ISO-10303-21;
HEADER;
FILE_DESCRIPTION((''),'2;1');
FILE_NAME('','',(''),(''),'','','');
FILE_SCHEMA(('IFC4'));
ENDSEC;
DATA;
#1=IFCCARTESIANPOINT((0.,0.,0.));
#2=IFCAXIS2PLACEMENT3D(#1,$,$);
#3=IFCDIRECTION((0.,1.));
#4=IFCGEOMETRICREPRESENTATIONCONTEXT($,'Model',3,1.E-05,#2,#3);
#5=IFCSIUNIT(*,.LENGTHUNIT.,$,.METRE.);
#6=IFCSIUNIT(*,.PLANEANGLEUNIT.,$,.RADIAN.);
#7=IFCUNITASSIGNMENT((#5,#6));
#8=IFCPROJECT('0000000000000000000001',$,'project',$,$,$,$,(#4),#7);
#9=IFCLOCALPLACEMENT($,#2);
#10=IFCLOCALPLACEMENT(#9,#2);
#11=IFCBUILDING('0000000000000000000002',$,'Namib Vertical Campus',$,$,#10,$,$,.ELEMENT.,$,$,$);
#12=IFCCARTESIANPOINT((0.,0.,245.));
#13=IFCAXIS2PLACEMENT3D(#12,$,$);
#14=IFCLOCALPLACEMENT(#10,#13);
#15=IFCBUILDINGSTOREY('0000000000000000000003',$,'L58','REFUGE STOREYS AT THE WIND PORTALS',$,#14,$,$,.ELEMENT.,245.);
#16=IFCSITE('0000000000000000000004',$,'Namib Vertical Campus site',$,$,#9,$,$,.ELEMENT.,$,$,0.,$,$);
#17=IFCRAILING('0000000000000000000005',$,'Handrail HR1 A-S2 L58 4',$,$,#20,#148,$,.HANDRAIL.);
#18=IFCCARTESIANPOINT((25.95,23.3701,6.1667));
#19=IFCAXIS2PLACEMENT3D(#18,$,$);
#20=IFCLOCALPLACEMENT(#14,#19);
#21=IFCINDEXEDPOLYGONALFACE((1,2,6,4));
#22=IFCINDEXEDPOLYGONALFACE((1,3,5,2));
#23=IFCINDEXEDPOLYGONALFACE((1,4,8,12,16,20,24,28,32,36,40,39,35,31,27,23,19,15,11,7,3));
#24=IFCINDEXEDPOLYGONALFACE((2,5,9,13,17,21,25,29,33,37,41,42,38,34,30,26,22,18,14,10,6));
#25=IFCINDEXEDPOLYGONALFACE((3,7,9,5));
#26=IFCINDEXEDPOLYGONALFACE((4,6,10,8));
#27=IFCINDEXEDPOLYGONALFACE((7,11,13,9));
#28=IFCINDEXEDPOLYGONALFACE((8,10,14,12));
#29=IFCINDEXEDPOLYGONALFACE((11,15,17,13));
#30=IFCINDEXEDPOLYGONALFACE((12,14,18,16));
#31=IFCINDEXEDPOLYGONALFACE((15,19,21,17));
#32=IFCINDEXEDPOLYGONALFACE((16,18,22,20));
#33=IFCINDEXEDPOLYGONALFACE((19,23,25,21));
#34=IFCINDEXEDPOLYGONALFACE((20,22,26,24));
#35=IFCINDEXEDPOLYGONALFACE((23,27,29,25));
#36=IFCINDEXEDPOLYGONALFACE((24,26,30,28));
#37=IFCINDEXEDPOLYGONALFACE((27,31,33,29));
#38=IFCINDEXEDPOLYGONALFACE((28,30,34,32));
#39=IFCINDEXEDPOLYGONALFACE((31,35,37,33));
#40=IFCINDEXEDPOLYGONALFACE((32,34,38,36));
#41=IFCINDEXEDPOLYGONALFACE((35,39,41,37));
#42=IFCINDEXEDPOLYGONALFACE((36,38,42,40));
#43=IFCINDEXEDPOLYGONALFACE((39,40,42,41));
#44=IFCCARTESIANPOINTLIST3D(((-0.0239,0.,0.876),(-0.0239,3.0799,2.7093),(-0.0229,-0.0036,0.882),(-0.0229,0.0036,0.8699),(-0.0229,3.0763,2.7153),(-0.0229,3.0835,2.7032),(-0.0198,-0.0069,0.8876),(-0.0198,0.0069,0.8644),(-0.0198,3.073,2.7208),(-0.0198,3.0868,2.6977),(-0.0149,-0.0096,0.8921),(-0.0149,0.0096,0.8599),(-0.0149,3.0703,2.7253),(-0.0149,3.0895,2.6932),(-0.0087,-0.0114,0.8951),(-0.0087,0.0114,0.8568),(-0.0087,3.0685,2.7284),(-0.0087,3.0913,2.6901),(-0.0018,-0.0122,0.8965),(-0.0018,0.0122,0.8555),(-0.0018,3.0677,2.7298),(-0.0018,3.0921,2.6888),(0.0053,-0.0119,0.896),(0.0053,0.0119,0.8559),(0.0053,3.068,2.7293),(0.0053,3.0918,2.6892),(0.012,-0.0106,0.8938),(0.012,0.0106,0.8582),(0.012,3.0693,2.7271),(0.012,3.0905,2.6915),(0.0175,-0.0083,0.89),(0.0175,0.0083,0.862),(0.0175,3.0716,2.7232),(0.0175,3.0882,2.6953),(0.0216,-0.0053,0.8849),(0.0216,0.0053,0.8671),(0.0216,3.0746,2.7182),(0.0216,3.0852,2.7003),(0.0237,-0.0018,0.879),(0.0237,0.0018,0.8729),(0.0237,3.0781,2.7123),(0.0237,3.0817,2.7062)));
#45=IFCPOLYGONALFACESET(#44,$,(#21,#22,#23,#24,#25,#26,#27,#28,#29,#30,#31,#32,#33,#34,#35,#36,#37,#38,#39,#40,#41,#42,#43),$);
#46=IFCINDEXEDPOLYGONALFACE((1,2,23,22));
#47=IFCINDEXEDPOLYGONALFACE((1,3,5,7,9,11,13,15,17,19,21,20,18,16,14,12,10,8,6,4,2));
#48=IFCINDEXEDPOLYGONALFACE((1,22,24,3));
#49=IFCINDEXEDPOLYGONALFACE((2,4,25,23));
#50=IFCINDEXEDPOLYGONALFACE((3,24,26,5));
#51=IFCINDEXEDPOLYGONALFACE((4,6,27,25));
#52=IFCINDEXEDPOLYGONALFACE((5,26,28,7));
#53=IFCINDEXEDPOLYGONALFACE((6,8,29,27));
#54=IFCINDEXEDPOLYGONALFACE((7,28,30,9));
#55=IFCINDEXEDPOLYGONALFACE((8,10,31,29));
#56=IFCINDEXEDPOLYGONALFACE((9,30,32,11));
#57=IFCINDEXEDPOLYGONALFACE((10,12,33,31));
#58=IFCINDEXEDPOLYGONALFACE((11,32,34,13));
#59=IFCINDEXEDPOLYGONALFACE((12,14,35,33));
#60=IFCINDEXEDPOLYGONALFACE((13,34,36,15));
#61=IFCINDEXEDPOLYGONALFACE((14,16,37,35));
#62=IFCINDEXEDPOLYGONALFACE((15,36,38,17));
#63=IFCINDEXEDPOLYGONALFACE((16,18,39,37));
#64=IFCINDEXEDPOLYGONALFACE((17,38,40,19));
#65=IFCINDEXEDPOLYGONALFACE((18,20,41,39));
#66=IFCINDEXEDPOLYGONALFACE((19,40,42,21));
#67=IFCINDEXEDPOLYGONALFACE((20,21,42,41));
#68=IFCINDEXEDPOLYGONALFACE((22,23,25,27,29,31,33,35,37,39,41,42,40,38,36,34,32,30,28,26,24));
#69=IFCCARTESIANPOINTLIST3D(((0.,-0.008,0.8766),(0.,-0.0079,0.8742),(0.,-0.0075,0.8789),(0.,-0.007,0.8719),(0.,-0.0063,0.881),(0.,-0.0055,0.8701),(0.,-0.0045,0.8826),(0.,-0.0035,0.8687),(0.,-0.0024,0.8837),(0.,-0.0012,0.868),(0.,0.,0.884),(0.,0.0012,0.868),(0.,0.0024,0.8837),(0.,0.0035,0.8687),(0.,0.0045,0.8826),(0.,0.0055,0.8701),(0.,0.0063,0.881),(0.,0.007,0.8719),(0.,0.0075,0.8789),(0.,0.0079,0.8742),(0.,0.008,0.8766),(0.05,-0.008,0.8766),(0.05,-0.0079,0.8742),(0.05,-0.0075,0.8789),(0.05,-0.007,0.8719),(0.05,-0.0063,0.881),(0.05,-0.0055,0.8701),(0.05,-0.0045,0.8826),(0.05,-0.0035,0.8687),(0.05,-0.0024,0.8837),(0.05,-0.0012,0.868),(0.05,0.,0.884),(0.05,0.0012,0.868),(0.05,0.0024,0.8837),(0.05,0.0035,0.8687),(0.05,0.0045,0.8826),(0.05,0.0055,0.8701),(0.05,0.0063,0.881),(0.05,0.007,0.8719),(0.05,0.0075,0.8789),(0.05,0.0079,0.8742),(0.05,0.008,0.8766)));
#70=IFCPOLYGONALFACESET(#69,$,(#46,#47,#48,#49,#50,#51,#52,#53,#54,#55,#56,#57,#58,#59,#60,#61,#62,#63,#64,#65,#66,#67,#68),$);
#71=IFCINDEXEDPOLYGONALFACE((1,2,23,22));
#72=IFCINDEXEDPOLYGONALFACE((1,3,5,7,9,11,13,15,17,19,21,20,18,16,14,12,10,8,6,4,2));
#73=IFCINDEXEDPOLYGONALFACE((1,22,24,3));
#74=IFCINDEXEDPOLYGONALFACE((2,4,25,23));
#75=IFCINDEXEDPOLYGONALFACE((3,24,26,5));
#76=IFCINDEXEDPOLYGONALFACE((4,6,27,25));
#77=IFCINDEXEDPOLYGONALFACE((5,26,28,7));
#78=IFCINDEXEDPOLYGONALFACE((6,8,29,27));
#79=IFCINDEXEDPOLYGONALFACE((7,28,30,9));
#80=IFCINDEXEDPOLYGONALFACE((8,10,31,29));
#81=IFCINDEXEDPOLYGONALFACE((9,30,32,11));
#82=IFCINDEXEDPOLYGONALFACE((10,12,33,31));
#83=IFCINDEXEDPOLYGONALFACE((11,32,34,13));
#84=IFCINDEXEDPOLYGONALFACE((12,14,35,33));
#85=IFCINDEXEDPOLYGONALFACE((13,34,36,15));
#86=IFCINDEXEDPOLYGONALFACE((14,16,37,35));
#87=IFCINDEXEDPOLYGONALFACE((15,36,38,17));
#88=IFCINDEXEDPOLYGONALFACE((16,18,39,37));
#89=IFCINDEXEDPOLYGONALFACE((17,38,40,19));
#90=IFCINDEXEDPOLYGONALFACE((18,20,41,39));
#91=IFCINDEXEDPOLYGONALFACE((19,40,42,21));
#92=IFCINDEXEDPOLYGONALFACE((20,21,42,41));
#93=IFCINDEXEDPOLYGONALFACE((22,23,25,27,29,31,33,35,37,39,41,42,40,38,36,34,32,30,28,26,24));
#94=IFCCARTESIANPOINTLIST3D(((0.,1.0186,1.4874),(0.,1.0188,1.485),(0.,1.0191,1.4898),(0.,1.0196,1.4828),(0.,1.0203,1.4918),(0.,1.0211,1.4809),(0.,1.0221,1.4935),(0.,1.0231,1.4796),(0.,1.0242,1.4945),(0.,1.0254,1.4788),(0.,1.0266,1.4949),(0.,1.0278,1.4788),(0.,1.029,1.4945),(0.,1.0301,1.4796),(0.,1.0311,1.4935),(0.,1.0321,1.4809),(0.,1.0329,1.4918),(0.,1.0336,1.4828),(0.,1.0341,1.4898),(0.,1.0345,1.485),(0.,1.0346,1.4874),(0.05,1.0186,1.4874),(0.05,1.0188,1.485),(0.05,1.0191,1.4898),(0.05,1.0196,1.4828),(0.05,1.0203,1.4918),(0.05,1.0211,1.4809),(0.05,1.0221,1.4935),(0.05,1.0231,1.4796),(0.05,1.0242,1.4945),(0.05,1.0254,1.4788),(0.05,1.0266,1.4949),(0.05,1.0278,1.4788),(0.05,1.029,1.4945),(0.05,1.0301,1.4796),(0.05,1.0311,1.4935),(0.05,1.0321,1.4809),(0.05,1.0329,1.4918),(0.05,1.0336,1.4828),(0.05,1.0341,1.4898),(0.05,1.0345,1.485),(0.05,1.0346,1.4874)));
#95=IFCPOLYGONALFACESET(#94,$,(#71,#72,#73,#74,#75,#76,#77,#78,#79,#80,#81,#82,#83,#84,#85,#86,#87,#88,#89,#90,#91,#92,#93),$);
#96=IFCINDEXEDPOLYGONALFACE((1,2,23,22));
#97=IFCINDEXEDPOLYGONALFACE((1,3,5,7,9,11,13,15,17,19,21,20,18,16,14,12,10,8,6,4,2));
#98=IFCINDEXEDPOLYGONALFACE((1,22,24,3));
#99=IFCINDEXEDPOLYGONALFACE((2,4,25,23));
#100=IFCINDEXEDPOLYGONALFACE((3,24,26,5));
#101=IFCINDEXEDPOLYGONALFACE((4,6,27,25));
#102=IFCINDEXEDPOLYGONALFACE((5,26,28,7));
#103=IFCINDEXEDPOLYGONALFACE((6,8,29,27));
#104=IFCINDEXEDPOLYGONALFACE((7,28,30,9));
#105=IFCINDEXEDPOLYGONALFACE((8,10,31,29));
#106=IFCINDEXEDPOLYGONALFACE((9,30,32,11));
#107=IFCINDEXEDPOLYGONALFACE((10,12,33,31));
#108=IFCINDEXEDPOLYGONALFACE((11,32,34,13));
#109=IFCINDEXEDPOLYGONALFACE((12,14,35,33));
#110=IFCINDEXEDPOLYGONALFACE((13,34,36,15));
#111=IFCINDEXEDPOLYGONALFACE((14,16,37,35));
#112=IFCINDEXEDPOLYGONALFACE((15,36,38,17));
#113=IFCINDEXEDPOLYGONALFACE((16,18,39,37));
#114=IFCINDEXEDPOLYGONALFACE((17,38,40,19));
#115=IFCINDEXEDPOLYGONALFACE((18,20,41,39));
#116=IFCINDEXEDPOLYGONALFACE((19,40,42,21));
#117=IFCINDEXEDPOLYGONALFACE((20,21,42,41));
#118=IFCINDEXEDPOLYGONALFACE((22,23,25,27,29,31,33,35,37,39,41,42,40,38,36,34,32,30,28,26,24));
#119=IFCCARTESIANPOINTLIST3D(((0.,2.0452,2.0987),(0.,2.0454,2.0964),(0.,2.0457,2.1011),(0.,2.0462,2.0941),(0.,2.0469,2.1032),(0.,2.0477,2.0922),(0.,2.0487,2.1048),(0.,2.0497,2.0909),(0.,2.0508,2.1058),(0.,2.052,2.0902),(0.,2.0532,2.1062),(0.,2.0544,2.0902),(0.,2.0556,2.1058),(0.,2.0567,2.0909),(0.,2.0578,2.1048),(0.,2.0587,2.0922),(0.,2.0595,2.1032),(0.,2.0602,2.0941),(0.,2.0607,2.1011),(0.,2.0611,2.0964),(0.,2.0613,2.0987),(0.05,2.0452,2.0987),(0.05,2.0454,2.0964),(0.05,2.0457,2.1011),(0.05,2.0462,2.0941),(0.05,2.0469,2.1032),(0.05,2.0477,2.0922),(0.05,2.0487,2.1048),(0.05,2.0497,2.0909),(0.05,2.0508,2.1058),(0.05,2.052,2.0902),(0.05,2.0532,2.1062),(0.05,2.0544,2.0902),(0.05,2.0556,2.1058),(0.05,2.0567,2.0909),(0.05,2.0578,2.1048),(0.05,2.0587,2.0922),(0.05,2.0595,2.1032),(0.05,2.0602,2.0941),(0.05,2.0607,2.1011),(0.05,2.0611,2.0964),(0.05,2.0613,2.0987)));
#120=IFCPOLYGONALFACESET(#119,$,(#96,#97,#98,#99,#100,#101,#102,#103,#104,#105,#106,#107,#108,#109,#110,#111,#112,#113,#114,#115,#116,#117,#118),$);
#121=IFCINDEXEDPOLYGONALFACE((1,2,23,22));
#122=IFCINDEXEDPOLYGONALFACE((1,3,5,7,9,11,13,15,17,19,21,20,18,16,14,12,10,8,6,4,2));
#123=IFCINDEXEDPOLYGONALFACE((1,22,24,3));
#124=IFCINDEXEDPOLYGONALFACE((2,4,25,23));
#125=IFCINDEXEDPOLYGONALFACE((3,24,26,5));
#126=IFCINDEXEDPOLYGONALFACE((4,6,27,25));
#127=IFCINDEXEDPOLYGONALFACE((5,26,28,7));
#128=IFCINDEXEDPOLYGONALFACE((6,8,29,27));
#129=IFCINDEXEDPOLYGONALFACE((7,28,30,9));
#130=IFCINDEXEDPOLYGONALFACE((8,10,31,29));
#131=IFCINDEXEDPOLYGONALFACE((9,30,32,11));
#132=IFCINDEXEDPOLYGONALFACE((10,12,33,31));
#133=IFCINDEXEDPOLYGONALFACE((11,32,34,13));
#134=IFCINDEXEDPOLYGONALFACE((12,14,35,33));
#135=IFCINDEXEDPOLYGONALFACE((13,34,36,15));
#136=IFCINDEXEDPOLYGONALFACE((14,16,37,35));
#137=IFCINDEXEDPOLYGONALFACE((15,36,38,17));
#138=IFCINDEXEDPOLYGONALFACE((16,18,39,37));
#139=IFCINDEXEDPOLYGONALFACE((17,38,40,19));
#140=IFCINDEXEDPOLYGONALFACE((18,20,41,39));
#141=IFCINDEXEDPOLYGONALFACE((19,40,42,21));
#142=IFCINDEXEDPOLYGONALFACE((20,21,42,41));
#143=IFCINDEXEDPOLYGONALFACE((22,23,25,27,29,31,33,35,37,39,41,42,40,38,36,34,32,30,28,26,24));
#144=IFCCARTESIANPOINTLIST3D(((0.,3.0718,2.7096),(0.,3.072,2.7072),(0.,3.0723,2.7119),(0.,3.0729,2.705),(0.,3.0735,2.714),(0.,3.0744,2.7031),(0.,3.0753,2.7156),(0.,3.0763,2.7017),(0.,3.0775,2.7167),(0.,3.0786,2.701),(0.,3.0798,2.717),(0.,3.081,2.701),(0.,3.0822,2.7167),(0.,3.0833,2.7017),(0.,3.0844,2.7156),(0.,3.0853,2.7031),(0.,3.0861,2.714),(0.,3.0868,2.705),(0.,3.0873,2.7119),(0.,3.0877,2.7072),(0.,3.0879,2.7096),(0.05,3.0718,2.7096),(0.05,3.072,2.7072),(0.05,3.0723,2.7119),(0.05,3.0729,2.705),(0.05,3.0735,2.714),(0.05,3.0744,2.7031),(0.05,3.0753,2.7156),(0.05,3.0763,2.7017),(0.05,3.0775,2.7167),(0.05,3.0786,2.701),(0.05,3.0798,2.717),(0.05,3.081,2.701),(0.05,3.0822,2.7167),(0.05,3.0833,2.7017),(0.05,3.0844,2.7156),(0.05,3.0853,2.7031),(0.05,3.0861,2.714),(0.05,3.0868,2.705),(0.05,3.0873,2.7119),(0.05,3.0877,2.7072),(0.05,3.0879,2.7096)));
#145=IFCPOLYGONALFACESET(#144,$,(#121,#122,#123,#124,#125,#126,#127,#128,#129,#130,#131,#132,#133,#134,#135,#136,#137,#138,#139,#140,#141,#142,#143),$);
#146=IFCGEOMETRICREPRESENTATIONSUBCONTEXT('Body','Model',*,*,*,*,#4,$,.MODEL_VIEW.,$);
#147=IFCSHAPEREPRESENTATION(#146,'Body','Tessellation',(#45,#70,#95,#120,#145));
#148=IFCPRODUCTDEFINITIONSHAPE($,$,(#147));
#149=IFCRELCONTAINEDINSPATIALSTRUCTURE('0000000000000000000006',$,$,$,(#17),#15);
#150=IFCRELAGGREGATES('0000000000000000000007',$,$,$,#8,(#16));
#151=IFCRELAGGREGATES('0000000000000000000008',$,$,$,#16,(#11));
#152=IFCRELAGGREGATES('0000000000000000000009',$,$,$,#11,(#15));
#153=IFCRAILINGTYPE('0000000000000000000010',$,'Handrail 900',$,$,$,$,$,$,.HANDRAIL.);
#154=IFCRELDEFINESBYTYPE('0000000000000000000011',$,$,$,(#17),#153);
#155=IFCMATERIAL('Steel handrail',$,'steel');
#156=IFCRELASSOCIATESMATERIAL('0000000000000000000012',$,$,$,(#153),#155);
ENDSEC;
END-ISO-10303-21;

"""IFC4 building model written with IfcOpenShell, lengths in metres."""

from ifc_helpers import new_model, si_unit, direction, frame, origin, origin_2d, place, context, subcontext, project, spatial, circle, extrude, material, type_object, element, save


model = new_model("IFC4")

# Units and contexts
model_context = context("Model", 3, precision=1e-05, world=origin(), true_north=direction((0.0, 1.0)))
body_context = subcontext(model_context, "Body", "Model", "MODEL_VIEW")
ifc_project = project(units=[si_unit("LENGTHUNIT", "METRE"), si_unit("PLANEANGLEUNIT", "RADIAN")], contexts=[model_context])

# Site, building, storey
site_placement = place(None, origin())
site = spatial("IfcSite", under=ifc_project, at=site_placement, Name="Namib Vertical Campus site", CompositionType="ELEMENT", RefElevation=0.0)
building_placement = place(site_placement, origin())
building = spatial("IfcBuilding", under=site, at=building_placement, Name="Namib Vertical Campus", CompositionType="ELEMENT")
storey_placement = place(building_placement, frame((0.0, 0.0, 245.0)))
storey = spatial("IfcBuildingStorey", under=building, at=storey_placement, Name="L58", Description="REFUGE STOREYS AT THE WIND PORTALS", CompositionType="ELEMENT", Elevation=245.0)

# Railing
ifc_material_1 = material(Name="Steel handrail", Category="steel")
railing_type_1 = type_object("IfcRailingType", Name="Handrail 900", PredefinedType="HANDRAIL", material=ifc_material_1)
railing_1_placement = place(storey_placement, frame((25.95, 23.3701, 6.1667)))
element("IfcRailing", 1, at=railing_1_placement, inside=storey, type_object=railing_type_1, Name="Handrail HR1 A-S2 L58 4", PredefinedType="HANDRAIL", context=body_context, shape_type="SweptSolid", body=[
    extrude(circle(Radius=0.0239, at=origin_2d()), frame((0.0, 0.0, 0.876), z_axis=(0.0, 0.859291, 0.511487), x_axis=(-1.0, 0.0, 0.0)), (0.0, 0.0, 1.0), 3.5842),
    extrude(circle(Radius=0.0081, at=origin_2d()), frame((0.0, 0.0, 0.876), z_axis=(1.0, 0.0, 0.0), x_axis=(0.0, 0.0, 1.0)), (0.0, 0.0, 1.0), 0.05),
    extrude(circle(Radius=0.0081, at=origin_2d()), frame((0.0, 1.0266, 1.4868), z_axis=(1.0, 0.0, 0.0), x_axis=(0.0, 0.0, 1.0)), (0.0, 0.0, 1.0), 0.05),
    extrude(circle(Radius=0.0081, at=origin_2d()), frame((0.0, 2.0532, 2.0981), z_axis=(1.0, 0.0, 0.0), x_axis=(0.0, 0.0, 1.0)), (0.0, 0.0, 1.0), 0.05),
    extrude(circle(Radius=0.0081, at=origin_2d()), frame((0.0, 3.0798, 2.709), z_axis=(1.0, 0.0, 0.0), x_axis=(0.0, 0.0, 1.0)), (0.0, 0.0, 1.0), 0.05),
])

save(model, "model.ifc")
